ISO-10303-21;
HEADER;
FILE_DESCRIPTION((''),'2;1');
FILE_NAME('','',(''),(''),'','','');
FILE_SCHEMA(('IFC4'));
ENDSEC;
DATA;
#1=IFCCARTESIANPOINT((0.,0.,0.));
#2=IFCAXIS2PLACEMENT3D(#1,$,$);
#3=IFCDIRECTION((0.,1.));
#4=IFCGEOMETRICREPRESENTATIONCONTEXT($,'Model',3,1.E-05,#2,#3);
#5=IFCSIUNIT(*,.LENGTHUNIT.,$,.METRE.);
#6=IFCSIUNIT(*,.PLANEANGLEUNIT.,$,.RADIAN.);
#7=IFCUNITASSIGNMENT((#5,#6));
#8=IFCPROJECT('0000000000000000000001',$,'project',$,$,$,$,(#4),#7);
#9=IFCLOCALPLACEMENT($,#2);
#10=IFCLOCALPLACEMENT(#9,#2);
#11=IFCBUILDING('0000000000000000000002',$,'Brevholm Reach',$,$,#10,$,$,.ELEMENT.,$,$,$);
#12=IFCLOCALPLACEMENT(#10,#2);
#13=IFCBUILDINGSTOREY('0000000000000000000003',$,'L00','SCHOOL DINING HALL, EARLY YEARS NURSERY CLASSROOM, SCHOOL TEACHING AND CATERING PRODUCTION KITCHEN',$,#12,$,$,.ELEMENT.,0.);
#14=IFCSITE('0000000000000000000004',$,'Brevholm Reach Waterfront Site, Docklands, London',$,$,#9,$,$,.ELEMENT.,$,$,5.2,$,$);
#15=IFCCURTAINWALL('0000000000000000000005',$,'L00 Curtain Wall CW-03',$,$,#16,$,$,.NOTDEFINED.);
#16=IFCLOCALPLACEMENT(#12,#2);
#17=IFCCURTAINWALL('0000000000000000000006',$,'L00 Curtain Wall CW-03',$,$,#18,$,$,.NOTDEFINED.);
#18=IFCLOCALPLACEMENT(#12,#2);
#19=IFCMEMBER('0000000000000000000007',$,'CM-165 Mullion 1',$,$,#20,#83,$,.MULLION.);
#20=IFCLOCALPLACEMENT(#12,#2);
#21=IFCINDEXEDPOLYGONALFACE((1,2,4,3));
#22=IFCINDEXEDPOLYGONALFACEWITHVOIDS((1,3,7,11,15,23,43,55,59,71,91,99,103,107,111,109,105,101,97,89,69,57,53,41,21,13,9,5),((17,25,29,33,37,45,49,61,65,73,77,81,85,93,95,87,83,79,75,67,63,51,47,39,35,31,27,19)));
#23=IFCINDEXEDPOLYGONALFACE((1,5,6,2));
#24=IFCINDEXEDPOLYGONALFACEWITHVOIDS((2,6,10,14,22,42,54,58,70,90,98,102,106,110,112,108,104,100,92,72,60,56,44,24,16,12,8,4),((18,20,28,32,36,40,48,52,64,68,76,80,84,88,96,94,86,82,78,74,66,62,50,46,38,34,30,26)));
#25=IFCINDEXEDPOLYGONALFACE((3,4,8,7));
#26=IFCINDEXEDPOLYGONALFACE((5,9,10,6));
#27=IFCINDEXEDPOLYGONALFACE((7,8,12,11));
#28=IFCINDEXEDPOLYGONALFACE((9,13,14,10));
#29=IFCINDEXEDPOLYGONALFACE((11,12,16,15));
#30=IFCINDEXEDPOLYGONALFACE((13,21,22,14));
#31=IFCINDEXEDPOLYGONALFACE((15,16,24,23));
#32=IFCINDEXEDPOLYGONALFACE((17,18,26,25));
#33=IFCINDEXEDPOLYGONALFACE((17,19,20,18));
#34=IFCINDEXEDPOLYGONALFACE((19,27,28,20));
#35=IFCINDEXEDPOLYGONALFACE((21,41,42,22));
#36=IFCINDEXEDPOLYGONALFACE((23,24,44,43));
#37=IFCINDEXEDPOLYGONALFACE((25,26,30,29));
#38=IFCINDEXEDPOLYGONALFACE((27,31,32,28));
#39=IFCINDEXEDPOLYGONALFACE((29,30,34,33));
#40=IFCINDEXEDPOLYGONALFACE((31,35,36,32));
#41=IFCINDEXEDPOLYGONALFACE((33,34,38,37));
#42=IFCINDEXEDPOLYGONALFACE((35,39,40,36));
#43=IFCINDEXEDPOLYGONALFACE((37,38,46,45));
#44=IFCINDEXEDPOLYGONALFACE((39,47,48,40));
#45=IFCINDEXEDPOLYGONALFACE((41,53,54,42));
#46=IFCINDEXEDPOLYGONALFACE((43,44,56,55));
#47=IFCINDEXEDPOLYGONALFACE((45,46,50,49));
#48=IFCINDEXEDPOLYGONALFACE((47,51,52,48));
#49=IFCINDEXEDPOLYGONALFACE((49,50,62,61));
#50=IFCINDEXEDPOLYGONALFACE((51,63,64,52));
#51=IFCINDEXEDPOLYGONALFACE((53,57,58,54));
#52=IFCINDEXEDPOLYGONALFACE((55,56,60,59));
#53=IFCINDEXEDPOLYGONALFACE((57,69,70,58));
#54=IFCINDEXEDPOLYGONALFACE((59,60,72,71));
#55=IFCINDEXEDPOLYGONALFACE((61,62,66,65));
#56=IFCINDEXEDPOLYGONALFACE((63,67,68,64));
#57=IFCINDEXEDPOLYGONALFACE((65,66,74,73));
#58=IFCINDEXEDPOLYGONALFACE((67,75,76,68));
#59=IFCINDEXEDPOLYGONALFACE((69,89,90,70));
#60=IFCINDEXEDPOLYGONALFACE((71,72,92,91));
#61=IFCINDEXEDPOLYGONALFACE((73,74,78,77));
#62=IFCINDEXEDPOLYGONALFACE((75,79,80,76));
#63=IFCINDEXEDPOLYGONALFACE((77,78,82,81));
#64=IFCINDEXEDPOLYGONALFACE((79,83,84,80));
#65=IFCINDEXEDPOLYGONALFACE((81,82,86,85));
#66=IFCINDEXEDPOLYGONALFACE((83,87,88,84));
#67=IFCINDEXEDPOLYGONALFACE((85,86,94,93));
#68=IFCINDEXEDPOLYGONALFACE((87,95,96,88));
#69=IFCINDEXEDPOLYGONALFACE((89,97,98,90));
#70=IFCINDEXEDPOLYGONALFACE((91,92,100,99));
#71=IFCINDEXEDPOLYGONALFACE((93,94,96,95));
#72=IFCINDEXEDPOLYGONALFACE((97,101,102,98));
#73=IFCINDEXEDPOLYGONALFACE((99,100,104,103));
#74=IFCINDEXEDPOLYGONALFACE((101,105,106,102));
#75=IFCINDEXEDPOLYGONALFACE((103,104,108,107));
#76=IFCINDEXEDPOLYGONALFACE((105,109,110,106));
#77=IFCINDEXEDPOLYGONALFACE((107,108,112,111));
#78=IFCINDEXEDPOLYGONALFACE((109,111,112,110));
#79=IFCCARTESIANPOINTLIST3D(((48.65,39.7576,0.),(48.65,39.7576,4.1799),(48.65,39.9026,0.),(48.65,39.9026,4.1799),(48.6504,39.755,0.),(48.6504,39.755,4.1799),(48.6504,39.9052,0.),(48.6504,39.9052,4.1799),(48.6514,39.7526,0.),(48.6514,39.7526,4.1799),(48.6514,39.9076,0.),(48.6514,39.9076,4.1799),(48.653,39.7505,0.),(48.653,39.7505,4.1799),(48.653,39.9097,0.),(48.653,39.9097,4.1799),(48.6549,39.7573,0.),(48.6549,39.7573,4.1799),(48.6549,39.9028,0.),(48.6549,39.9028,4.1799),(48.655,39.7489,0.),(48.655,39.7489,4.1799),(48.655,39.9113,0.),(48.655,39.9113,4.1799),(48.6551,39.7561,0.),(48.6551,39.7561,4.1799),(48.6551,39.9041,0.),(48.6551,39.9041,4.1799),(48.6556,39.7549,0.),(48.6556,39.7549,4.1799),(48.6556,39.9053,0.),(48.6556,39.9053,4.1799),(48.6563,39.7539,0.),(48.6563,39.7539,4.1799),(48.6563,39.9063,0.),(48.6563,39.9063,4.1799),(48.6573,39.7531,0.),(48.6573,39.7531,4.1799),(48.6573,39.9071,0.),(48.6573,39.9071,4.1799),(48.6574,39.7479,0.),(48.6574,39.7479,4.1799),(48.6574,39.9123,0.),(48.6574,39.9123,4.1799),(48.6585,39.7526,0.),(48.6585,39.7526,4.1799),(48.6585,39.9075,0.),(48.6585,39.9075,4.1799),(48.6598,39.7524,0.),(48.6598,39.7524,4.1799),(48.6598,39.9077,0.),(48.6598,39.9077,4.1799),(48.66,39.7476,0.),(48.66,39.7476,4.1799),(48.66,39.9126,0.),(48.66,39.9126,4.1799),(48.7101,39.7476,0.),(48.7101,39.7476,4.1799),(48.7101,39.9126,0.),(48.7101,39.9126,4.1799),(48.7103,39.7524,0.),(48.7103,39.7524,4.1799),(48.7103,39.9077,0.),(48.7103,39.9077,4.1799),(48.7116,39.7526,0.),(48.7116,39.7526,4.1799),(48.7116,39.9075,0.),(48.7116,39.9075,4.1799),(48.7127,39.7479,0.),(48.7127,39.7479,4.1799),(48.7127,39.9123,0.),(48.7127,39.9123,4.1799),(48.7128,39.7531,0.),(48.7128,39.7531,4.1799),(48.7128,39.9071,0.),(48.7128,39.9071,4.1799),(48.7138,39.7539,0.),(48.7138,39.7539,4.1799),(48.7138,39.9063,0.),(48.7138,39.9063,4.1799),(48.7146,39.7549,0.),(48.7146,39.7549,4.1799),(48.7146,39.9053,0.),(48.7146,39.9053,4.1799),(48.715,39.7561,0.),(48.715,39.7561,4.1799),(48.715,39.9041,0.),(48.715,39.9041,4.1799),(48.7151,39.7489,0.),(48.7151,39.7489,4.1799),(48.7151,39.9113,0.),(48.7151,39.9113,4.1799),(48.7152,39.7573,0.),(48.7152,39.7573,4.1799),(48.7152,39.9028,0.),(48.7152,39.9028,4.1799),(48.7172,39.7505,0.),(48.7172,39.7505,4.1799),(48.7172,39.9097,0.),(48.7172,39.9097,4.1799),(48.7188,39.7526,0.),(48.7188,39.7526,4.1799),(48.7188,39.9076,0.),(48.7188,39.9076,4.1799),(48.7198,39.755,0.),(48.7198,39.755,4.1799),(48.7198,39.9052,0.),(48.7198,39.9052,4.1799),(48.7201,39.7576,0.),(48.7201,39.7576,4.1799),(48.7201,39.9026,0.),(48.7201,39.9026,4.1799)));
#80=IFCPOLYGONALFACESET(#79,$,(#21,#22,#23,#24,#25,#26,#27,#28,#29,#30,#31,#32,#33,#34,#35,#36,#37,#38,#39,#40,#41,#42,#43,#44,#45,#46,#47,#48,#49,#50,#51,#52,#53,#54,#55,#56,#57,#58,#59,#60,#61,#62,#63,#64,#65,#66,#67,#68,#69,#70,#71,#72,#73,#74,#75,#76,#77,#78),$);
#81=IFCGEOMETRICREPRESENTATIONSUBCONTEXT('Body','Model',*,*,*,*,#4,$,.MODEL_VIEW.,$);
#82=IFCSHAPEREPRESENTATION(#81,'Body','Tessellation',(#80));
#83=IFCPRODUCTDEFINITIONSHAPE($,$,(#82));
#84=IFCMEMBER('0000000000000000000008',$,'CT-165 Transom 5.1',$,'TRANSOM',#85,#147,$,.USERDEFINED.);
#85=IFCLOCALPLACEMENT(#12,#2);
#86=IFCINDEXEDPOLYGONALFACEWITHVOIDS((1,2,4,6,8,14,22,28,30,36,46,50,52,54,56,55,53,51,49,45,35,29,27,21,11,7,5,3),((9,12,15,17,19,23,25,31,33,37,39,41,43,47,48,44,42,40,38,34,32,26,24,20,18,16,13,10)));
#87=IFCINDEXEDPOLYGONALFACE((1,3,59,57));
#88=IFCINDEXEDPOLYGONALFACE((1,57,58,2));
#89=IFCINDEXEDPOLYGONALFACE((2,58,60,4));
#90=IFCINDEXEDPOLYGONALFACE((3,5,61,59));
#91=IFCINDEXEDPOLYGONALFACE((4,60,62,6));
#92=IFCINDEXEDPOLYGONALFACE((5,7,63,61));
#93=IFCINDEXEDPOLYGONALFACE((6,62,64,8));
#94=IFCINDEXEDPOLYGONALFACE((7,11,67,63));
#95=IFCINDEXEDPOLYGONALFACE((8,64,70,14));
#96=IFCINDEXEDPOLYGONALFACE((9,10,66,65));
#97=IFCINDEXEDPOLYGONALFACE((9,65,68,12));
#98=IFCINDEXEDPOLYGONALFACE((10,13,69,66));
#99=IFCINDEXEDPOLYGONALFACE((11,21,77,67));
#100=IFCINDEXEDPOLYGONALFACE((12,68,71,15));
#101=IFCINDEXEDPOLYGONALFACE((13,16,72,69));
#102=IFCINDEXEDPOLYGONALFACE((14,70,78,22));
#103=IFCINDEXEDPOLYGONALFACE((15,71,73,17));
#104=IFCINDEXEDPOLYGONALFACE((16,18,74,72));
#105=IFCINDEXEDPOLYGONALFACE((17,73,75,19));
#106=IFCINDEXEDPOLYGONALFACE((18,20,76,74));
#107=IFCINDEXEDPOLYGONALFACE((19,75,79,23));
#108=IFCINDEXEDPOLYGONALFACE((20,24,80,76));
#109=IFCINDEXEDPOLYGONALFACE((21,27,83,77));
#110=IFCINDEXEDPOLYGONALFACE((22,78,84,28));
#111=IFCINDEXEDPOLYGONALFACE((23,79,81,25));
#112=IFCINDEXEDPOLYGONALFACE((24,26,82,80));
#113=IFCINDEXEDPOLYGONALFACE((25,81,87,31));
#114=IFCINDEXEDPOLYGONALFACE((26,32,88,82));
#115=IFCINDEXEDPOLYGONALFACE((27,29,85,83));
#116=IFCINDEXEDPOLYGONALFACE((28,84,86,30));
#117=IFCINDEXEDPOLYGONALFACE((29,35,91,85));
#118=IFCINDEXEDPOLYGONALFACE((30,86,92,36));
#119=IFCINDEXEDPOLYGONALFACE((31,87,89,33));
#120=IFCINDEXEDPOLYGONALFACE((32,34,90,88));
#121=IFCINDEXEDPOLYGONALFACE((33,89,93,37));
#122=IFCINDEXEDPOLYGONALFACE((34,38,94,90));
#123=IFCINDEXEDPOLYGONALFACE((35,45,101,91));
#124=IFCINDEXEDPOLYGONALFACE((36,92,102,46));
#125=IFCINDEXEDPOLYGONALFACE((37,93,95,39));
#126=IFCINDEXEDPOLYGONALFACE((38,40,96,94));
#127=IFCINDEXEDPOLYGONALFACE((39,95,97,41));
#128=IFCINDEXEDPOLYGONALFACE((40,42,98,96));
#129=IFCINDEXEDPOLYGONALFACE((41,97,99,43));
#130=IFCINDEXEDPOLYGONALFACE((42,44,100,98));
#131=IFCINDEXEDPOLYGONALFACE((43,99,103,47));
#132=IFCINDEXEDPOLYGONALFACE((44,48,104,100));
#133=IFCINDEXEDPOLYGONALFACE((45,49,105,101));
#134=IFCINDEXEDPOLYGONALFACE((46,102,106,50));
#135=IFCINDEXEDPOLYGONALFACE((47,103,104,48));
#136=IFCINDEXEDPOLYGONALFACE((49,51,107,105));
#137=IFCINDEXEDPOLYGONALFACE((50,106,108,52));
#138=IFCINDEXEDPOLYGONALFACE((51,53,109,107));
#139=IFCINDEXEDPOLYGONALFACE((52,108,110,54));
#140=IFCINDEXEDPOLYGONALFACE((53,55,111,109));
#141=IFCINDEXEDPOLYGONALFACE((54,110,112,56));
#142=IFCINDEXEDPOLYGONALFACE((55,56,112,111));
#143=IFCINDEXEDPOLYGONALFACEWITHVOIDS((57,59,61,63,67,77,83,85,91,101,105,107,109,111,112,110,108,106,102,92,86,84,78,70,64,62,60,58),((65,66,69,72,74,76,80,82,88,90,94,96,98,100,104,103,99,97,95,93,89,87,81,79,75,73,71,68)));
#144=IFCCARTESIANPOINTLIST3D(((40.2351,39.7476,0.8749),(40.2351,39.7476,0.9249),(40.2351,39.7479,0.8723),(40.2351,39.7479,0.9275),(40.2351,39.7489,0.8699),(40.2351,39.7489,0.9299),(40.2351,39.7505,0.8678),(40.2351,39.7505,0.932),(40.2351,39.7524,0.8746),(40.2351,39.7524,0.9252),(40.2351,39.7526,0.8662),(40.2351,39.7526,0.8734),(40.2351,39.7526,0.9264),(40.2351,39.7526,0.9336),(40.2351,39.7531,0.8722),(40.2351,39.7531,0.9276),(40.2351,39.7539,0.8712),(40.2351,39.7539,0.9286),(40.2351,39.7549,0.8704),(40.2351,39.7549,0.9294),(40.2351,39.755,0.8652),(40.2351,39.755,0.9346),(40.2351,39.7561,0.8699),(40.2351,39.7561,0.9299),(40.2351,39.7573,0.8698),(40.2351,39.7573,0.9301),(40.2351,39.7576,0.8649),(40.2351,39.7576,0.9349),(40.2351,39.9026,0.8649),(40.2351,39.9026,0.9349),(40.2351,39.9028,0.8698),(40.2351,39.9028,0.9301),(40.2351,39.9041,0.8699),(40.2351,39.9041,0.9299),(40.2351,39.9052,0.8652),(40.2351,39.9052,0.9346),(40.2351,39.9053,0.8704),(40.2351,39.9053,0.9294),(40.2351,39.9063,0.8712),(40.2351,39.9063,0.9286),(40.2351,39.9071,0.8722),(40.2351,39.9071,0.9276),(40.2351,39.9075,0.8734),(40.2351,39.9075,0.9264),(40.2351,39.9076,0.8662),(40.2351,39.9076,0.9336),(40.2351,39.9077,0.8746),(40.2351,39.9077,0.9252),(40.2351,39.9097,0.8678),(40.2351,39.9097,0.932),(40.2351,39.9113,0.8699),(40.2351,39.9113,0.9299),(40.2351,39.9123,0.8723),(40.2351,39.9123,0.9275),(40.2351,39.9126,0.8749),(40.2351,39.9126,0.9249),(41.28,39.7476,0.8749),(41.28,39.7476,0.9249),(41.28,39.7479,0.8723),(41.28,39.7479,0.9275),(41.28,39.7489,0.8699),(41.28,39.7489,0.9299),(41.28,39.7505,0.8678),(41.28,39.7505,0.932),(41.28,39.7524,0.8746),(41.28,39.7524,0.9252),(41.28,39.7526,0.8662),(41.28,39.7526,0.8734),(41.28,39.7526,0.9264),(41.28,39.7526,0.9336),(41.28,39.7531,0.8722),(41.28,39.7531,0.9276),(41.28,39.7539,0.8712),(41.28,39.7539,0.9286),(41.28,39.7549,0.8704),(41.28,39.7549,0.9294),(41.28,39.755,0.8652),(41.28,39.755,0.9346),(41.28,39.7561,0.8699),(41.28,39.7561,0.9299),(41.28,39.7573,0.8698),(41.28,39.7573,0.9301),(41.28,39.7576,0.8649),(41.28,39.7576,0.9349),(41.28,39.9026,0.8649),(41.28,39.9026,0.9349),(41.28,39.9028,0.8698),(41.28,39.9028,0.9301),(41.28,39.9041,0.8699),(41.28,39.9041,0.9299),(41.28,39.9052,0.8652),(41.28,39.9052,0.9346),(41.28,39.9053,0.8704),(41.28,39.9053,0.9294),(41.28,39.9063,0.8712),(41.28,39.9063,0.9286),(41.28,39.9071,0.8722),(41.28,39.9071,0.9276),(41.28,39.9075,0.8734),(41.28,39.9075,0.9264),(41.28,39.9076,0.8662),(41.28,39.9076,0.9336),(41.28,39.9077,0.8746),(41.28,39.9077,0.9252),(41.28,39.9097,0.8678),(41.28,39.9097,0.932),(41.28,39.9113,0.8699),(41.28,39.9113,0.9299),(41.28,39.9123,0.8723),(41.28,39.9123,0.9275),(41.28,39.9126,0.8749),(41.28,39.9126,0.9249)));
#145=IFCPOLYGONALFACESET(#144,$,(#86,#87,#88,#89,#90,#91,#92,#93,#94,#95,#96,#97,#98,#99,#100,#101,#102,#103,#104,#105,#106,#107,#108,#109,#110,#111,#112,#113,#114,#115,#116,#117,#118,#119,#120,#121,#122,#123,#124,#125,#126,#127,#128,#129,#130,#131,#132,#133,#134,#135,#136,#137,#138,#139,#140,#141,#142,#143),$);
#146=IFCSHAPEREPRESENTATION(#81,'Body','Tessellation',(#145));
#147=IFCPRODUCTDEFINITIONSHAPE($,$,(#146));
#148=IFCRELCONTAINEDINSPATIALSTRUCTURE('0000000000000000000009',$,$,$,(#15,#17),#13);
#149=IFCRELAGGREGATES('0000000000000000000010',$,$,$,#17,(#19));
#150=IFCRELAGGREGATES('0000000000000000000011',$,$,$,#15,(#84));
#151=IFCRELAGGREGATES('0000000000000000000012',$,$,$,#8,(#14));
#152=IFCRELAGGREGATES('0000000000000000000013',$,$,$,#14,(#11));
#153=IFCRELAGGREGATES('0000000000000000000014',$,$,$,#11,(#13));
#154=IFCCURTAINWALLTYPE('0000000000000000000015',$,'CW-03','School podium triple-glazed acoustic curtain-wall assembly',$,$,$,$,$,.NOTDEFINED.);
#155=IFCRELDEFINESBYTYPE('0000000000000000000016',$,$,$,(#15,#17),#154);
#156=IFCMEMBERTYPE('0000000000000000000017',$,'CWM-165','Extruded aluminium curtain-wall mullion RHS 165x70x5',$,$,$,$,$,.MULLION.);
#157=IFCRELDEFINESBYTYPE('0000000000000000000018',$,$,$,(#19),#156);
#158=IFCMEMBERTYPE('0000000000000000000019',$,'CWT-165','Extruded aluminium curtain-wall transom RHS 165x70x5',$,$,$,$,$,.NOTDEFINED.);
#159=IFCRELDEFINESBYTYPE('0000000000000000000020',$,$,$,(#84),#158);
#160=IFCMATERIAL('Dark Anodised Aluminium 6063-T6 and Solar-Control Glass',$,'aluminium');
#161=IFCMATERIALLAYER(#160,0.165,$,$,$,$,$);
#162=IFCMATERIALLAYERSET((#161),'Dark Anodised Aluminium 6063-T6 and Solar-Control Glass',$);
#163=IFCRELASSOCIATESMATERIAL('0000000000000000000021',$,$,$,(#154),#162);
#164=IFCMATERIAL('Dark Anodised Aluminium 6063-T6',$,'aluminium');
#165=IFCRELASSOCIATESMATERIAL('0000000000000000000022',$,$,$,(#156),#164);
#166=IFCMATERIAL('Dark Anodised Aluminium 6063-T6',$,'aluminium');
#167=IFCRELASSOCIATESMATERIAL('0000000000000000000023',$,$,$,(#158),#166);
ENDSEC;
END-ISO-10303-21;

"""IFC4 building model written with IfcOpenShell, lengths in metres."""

from ifc_helpers import new_model, si_unit, direction, frame, origin, origin_2d, place, context, subcontext, project, spatial, hollow_rectangle, extrude, material, layer, layer_set, material_profile, profile_set, type_object, element, aggregate, save


model = new_model("IFC4")

# Units and contexts
model_context = context("Model", 3, precision=1e-05, world=origin(), true_north=direction((0.0, 1.0)))
body_context = subcontext(model_context, "Body", "Model", "MODEL_VIEW")
ifc_project = project(units=[si_unit("LENGTHUNIT", "METRE"), si_unit("PLANEANGLEUNIT", "RADIAN")], contexts=[model_context])

# Site, building, storey
site_placement = place(None, origin())
site = spatial("IfcSite", under=ifc_project, at=site_placement, Name="Brevholm Reach Waterfront Site, Docklands, London", CompositionType="ELEMENT", RefElevation=5.2)
building_placement = place(site_placement, origin())
building = spatial("IfcBuilding", under=site, at=building_placement, Name="Brevholm Reach", CompositionType="ELEMENT")
storey_placement = place(building_placement, origin())
storey = spatial("IfcBuildingStorey", under=building, at=storey_placement, Name="L00", Description="SCHOOL DINING HALL, EARLY YEARS NURSERY CLASSROOM, SCHOOL TEACHING AND CATERING PRODUCTION KITCHEN", CompositionType="ELEMENT", Elevation=0.0)

# Curtain wall
ifc_material_1 = material(Name="Dark Anodised Aluminium 6063-T6 and Solar-Control Glass", Category="aluminium")
ifc_layer_1 = layer(ifc_material_1, 0.165)
ifc_layer_set_1 = layer_set([ifc_layer_1], Name="Dark Anodised Aluminium 6063-T6 and Solar-Control Glass")
curtain_wall_type = type_object("IfcCurtainWallType", Name="CW-03", Description="School podium triple-glazed acoustic curtain-wall assembly", PredefinedType="NOTDEFINED", material=ifc_layer_set_1)
curtain_wall_1_placement = place(storey_placement, origin())
curtain_wall_1 = element("IfcCurtainWall", 1, at=curtain_wall_1_placement, inside=storey, type_object=curtain_wall_type, Name="L00 Curtain Wall CW-03", PredefinedType="NOTDEFINED")
ifc_material_2 = material(Name="Dark Anodised Aluminium 6063-T6", Category="aluminium")
ifc_material_profile_1 = material_profile(ifc_material_2, hollow_rectangle(XDim=0.0701, YDim=0.165, WallThickness=0.0049, InnerFilletRadius=0.0049, OuterFilletRadius=0.01, at=origin_2d()), Name="RHS 165x70x5")
ifc_profile_set_1 = profile_set([ifc_material_profile_1], Name="Dark Anodised Aluminium 6063-T6")
member_type_1 = type_object("IfcMemberType", Name="CWM-165", Description="Extruded aluminium curtain-wall mullion RHS 165x70x5", PredefinedType="MULLION", material=ifc_profile_set_1)

# Curtain wall, member
curtain_wall_2_placement = place(storey_placement, origin())
curtain_wall_2 = element("IfcCurtainWall", 2, at=curtain_wall_2_placement, inside=storey, type_object=curtain_wall_type, Name="L00 Curtain Wall CW-03", PredefinedType="NOTDEFINED")
member_1_placement = place(storey_placement, frame((48.6851, 39.8301, 0.0), z_axis=(0.0, 0.0, 1.0), x_axis=(1.0, 0.0, 0.0)))
member_1 = element("IfcMember", 3, at=member_1_placement, type_object=member_type_1, Name="CM-165 Mullion 1", PredefinedType="MULLION", context=body_context, shape_type="SweptSolid", body=[
    extrude(hollow_rectangle(XDim=0.0701, YDim=0.165, WallThickness=0.0049, InnerFilletRadius=0.0049, OuterFilletRadius=0.01, at=origin_2d()), origin(), (0.0, 0.0, 1.0), 4.1799),
])

# Member
ifc_material_3 = material(Name="Dark Anodised Aluminium 6063-T6", Category="aluminium")
ifc_material_profile_2 = material_profile(ifc_material_3, hollow_rectangle(XDim=0.0701, YDim=0.165, WallThickness=0.0049, InnerFilletRadius=0.0049, OuterFilletRadius=0.01, at=origin_2d()), Name="RHS 165x70x5")
ifc_profile_set_2 = profile_set([ifc_material_profile_2], Name="Dark Anodised Aluminium 6063-T6")
member_type_2 = type_object("IfcMemberType", Name="CWT-165", Description="Extruded aluminium curtain-wall transom RHS 165x70x5", PredefinedType="NOTDEFINED", material=ifc_profile_set_2)
member_2_placement = place(storey_placement, frame((40.2351, 39.8301, 0.8999), z_axis=(1.0, 0.0, 0.0), x_axis=(0.0, 0.0, 1.0)))
member_2 = element("IfcMember", 4, at=member_2_placement, type_object=member_type_2, Name="CT-165 Transom 5.1", ObjectType="TRANSOM", PredefinedType="USERDEFINED", context=body_context, shape_type="SweptSolid", body=[
    extrude(hollow_rectangle(XDim=0.0701, YDim=0.165, WallThickness=0.0049, InnerFilletRadius=0.0049, OuterFilletRadius=0.01, at=origin_2d()), origin(), (0.0, 0.0, 1.0), 1.0449),
])
aggregate(curtain_wall_2, [member_1])

aggregate(curtain_wall_1, [member_2])

save(model, "model.ifc")
